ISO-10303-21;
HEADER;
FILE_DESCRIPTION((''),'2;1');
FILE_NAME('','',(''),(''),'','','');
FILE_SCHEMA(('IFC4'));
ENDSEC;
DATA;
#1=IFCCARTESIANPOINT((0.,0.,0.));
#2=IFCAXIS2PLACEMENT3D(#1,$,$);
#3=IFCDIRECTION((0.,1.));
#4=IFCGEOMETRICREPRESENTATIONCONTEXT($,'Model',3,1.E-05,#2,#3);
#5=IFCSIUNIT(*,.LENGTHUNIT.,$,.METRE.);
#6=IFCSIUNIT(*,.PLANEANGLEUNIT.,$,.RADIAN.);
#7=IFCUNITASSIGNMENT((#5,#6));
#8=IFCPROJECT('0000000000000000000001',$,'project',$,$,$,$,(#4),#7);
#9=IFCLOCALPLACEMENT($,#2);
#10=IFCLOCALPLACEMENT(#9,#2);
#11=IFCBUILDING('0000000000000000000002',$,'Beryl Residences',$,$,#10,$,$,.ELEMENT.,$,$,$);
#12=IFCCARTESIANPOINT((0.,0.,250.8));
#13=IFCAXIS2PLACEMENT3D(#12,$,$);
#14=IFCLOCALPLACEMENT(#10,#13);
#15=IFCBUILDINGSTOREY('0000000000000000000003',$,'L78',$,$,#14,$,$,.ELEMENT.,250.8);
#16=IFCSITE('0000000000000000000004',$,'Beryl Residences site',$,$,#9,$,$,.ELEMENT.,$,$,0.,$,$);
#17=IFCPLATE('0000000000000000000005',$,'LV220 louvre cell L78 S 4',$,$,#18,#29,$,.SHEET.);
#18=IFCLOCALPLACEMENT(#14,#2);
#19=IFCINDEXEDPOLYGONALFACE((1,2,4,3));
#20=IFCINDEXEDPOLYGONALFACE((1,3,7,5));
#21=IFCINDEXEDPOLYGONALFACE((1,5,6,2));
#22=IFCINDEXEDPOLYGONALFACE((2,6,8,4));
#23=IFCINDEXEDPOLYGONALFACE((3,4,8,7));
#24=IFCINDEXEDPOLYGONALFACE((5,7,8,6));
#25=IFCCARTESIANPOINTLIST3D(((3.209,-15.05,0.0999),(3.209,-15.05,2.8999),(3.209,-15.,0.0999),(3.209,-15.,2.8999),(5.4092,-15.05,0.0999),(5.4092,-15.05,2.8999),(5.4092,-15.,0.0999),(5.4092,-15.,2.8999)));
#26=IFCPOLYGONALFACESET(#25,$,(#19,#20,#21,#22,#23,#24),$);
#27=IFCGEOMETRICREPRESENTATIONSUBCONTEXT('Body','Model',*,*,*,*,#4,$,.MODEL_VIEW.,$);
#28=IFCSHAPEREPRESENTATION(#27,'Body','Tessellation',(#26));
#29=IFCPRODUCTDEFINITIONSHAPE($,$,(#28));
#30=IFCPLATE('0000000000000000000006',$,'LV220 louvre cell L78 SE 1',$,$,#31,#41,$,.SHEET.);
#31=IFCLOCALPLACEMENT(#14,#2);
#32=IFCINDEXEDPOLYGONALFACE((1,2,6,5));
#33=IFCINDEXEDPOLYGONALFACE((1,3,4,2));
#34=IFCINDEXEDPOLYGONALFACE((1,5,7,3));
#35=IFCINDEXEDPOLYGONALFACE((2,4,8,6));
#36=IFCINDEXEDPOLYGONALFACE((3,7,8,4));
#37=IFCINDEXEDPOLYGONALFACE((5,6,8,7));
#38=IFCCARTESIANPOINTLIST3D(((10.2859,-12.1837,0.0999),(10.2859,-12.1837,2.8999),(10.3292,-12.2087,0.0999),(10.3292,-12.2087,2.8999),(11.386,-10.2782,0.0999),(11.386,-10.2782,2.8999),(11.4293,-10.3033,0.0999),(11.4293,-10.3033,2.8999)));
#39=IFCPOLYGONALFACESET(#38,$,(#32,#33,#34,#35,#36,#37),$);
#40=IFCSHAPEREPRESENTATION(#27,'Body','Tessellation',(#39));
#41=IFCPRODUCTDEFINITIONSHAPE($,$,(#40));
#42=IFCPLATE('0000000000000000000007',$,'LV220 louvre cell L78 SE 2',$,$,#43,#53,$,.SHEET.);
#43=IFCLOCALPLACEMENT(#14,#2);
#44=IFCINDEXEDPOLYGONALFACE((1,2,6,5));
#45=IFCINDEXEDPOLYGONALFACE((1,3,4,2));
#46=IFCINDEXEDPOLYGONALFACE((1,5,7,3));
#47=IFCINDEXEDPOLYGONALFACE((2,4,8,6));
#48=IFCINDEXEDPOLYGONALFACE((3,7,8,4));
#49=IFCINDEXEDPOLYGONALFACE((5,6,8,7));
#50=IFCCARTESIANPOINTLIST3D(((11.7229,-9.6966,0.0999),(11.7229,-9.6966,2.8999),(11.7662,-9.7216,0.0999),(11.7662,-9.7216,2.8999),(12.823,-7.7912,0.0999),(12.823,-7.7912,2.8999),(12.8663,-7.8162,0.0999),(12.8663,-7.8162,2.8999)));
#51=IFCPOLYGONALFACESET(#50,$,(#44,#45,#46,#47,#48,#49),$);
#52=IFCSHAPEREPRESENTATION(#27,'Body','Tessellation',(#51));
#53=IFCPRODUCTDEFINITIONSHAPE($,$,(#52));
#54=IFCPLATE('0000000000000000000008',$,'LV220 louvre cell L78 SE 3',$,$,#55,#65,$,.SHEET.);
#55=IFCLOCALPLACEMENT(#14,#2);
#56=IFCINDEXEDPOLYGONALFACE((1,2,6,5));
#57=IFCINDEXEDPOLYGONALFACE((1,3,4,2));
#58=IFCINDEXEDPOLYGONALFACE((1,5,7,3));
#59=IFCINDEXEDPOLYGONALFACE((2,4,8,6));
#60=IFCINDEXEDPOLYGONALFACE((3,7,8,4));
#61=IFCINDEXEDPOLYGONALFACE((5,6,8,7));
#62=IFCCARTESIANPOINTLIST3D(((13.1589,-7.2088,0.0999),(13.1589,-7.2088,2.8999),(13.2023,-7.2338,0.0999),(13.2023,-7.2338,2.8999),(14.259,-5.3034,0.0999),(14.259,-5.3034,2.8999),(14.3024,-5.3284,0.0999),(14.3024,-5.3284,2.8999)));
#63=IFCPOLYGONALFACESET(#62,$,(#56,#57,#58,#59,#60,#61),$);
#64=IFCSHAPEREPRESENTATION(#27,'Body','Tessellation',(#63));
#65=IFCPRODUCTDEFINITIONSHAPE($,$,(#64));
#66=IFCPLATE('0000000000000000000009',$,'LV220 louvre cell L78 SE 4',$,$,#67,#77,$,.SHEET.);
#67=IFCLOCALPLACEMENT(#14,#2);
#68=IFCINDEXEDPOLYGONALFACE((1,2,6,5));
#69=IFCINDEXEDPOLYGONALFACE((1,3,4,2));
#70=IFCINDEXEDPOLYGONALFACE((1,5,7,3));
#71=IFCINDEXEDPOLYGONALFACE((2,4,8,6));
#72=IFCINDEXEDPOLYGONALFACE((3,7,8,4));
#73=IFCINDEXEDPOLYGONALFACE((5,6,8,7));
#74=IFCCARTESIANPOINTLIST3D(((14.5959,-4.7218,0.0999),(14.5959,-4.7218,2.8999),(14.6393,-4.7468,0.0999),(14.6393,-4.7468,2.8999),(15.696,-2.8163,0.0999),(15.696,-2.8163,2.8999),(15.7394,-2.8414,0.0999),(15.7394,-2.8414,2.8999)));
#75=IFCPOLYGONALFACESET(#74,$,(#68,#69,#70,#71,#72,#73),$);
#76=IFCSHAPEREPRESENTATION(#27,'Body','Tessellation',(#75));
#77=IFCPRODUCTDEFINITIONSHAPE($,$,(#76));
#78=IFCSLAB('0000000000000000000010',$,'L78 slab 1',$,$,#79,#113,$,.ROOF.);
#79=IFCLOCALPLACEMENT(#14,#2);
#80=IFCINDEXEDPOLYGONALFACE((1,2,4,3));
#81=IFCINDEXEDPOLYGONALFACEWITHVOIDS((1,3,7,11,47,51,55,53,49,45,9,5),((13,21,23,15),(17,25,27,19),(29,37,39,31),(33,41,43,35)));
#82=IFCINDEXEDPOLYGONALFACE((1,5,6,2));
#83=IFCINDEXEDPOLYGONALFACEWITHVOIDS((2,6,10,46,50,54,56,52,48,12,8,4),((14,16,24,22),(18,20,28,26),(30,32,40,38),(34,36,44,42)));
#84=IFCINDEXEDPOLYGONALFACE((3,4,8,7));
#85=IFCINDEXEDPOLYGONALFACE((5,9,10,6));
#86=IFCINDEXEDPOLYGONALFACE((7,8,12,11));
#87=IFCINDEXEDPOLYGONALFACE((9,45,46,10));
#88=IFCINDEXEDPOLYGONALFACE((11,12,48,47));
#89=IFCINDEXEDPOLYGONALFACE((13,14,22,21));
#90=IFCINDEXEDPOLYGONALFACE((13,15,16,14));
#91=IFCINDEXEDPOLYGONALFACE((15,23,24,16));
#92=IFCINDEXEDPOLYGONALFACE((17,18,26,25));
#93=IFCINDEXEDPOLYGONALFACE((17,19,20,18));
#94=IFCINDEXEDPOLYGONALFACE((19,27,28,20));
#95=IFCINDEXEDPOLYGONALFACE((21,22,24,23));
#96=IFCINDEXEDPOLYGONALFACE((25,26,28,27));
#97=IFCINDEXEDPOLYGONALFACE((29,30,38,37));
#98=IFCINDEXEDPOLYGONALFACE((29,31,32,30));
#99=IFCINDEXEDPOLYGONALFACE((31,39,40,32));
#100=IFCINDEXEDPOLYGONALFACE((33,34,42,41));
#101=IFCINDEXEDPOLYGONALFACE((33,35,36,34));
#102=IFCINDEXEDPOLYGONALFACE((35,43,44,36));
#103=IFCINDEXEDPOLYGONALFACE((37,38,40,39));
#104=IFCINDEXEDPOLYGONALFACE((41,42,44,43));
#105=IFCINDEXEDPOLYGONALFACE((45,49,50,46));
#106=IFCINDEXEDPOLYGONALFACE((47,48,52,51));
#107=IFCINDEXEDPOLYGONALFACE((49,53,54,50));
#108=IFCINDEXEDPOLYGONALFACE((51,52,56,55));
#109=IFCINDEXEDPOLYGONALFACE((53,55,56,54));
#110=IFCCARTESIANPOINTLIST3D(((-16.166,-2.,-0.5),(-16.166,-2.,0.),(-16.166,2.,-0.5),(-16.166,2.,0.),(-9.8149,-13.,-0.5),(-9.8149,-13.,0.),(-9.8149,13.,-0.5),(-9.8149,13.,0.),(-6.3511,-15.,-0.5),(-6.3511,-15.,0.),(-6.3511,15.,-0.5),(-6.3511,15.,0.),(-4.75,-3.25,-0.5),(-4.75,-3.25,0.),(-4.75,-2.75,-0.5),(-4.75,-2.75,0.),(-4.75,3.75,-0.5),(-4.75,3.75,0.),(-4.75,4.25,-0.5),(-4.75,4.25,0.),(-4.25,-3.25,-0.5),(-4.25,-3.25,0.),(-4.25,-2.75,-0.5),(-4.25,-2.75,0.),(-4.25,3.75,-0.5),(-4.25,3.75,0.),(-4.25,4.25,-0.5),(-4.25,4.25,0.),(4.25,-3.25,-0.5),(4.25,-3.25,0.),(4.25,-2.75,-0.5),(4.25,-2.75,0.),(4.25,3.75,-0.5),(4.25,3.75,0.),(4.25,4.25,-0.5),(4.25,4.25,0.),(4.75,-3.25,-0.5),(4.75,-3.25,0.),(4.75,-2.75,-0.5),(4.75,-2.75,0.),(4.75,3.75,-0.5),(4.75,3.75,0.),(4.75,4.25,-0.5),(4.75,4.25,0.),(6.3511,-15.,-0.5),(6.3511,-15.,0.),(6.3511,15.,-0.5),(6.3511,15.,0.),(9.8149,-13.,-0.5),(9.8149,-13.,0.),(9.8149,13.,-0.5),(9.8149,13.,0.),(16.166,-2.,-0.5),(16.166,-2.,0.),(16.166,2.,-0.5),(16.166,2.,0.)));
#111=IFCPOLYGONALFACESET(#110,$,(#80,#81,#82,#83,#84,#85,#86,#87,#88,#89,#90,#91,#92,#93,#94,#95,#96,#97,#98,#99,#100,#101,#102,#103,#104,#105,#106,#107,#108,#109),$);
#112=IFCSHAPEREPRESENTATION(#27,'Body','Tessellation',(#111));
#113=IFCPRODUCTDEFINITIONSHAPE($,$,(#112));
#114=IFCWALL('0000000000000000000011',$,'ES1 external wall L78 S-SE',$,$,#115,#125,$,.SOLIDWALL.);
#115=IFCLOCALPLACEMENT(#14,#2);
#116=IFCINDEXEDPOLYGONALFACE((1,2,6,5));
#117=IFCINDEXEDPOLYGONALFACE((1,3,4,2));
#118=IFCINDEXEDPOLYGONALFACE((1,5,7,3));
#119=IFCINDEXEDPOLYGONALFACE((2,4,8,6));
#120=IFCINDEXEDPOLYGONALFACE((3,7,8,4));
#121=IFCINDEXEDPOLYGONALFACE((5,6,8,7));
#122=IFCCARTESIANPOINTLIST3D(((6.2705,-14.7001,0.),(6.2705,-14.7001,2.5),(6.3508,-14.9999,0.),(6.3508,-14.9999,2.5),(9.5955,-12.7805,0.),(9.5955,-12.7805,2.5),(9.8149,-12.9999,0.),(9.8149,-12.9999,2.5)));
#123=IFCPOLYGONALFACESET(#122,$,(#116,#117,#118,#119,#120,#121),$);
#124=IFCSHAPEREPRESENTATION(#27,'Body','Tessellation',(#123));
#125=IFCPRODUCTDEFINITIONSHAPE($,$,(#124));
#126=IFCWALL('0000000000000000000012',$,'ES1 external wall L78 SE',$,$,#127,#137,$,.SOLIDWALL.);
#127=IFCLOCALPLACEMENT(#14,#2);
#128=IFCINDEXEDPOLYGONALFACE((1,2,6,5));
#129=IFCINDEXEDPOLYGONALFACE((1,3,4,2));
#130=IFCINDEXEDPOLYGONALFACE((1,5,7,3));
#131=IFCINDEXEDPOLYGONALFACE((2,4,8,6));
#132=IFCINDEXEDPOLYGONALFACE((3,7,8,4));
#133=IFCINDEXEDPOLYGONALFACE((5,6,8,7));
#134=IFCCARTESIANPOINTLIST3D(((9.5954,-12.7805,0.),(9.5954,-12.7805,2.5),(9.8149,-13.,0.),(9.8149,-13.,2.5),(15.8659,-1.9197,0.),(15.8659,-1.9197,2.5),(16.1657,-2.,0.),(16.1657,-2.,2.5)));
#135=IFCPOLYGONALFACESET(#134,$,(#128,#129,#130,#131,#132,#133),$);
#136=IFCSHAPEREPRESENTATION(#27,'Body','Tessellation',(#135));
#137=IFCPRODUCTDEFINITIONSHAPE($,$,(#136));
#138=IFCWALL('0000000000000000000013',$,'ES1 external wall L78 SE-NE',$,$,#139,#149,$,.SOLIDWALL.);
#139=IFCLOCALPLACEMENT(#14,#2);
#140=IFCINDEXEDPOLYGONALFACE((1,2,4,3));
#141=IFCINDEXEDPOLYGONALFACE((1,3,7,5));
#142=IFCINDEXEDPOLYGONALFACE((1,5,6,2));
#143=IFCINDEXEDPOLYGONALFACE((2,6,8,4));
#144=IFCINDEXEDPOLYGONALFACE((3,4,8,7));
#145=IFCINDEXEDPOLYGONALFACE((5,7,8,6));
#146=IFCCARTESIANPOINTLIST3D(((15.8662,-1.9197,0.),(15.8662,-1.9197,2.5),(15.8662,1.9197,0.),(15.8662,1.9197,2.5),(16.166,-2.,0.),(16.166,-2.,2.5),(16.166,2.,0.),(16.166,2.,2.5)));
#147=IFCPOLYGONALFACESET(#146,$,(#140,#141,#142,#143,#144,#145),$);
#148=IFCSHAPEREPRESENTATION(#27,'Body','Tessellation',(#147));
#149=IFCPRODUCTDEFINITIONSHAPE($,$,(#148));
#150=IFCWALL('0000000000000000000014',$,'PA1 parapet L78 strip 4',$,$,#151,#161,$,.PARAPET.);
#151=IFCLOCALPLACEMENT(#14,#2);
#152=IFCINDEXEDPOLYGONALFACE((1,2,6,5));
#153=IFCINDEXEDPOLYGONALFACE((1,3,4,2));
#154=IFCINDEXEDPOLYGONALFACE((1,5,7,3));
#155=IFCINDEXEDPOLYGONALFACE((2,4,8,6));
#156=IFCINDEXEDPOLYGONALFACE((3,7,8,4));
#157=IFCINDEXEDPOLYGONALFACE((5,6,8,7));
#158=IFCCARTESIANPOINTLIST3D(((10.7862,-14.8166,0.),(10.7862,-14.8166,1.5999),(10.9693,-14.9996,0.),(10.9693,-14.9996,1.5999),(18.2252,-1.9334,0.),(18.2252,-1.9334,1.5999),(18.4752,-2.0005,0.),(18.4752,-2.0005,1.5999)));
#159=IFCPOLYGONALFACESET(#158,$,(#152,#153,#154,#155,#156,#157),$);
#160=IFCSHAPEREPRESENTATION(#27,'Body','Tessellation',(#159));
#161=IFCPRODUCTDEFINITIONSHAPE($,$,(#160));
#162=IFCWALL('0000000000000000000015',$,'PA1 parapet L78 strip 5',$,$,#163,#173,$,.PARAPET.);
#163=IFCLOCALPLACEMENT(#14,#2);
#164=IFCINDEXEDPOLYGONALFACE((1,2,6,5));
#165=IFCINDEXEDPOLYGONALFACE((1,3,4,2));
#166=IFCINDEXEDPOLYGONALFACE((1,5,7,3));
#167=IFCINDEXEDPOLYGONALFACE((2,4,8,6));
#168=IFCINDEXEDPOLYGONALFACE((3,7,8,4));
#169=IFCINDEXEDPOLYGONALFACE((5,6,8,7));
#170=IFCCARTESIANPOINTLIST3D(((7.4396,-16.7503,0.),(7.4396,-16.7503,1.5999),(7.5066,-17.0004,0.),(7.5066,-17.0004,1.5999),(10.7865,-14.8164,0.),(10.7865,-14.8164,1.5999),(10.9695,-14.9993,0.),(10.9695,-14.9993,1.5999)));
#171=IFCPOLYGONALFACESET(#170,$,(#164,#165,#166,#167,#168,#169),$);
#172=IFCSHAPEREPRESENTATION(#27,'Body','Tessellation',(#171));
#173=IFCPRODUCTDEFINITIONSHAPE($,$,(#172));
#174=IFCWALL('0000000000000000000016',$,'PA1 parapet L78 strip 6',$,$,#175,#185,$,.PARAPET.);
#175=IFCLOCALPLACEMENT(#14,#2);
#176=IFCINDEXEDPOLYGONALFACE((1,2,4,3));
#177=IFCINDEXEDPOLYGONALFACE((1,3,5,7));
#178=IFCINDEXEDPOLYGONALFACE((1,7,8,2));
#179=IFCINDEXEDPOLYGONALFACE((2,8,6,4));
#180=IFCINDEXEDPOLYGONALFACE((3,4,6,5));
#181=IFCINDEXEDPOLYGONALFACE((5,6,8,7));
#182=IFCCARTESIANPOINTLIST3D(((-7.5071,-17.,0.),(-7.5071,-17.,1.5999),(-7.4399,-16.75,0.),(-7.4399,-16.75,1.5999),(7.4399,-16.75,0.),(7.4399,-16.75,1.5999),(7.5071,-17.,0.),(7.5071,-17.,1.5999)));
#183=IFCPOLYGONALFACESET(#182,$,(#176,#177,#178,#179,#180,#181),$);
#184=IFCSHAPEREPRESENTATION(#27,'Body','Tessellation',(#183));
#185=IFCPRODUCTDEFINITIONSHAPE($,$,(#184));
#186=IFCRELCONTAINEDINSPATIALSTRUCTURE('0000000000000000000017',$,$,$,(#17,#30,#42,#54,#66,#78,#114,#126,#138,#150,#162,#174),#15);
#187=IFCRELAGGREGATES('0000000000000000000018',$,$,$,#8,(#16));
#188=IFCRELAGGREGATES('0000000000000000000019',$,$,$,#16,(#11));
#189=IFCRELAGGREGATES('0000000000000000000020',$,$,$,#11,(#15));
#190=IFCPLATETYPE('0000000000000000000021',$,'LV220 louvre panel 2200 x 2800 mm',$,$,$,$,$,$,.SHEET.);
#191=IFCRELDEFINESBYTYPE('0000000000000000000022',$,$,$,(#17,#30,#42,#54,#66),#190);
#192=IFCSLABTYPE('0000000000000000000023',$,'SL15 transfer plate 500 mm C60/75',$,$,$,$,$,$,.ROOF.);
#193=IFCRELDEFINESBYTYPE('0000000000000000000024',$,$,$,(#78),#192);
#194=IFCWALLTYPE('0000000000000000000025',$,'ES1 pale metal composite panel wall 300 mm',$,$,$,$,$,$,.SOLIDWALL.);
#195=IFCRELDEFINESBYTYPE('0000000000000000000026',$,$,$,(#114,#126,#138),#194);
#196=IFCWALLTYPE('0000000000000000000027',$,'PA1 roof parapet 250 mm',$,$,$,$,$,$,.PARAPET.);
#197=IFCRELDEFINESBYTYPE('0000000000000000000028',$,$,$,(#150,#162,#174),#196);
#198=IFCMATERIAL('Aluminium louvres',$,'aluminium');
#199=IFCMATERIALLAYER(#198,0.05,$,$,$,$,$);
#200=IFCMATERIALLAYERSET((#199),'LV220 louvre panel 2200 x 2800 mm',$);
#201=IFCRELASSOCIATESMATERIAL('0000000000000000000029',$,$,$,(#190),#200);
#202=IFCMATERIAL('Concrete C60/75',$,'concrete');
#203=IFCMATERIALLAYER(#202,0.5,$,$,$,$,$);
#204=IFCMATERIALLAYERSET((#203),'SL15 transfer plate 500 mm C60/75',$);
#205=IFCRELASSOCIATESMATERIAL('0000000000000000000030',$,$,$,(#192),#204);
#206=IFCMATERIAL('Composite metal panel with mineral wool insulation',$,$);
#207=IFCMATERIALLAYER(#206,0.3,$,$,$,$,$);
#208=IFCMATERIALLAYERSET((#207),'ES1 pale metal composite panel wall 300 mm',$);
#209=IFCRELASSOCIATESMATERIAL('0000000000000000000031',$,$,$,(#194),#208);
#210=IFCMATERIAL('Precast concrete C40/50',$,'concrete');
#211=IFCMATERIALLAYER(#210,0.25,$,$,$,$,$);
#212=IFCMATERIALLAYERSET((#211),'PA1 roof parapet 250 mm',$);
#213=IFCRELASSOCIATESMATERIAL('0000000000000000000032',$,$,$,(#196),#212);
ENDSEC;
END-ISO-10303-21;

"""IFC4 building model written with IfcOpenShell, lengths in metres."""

from ifc_helpers import new_model, si_unit, direction, frame, origin, place, context, subcontext, project, spatial, polyline, outline, extrude, source, transform, mapped, material, layer, layer_set, type_object, type_shapes, element, save


model = new_model("IFC4")

# Units and contexts
model_context = context("Model", 3, precision=1e-05, world=origin(), true_north=direction((0.0, 1.0)))
body_context = subcontext(model_context, "Body", "Model", "MODEL_VIEW")
ifc_project = project(units=[si_unit("LENGTHUNIT", "METRE"), si_unit("PLANEANGLEUNIT", "RADIAN")], contexts=[model_context])

# Site, building, storey
site_placement = place(None, origin())
site = spatial("IfcSite", under=ifc_project, at=site_placement, Name="Beryl Residences site", CompositionType="ELEMENT", RefElevation=0.0)
building_placement = place(site_placement, origin())
building = spatial("IfcBuilding", under=site, at=building_placement, Name="Beryl Residences", CompositionType="ELEMENT")
storey_placement = place(building_placement, frame((0.0, 0.0, 250.8)))
storey = spatial("IfcBuildingStorey", under=building, at=storey_placement, Name="L78", CompositionType="ELEMENT", Elevation=250.8)

# Plates
ifc_material_1 = material(Name="Aluminium louvres", Category="aluminium")
ifc_layer_1 = layer(ifc_material_1, 0.05)
ifc_layer_set_1 = layer_set([ifc_layer_1], Name="LV220 louvre panel 2200 x 2800 mm")
plate_type_1 = type_object("IfcPlateType", Name="LV220 louvre panel 2200 x 2800 mm", PredefinedType="SHEET", material=ifc_layer_set_1)
shared_shape_1 = source(origin(), body_context, "Body", "SweptSolid", [
    extrude(outline(polyline([(-1.1001, 0.0), (1.1001, 0.0), (1.1001, 0.05), (-1.1001, 0.05), (-1.1001, 0.0)])), origin(), (0.0, 0.0, 1.0), 2.8),
])
type_shapes(plate_type_1, [shared_shape_1])
for number, where, z_axis, x_axis, name in (
    (1, (4.3091, -15.0, 0.0999), (0.0, 0.0, 1.0), (-1.0, 0.0, 0.0), "LV220 louvre cell L78 S 4"),
    (2, (10.8359, -11.231, 0.0999), (0.0, 0.0, 1.0), (-0.5, -0.866025, 0.0), "LV220 louvre cell L78 SE 1"),
    (3, (12.2729, -8.7439, 0.0999), (0.0, 0.0, 1.0), (-0.5, -0.866025, 0.0), "LV220 louvre cell L78 SE 2"),
    (4, (13.709, -6.2561, 0.0999), (0.0, 0.0, 1.0), (-0.5, -0.866025, 0.0), "LV220 louvre cell L78 SE 3"),
    (5, (15.146, -3.769, 0.0999), (0.0, 0.0, 1.0), (-0.5, -0.866025, 0.0), "LV220 louvre cell L78 SE 4"),
):
    element("IfcPlate", number, at=place(storey_placement, frame(where, z_axis=z_axis, x_axis=x_axis)), inside=storey, type_object=plate_type_1, Name=name, PredefinedType="SHEET", context=body_context, shape_type="MappedRepresentation", body=[
        mapped(shared_shape_1, transform((0.0, 0.0, 0.0))),
    ])

# Slab
ifc_material_2 = material(Name="Concrete C60/75", Category="concrete")
ifc_layer_2 = layer(ifc_material_2, 0.5)
ifc_layer_set_2 = layer_set([ifc_layer_2], Name="SL15 transfer plate 500 mm C60/75")
slab_type = type_object("IfcSlabType", Name="SL15 transfer plate 500 mm C60/75", PredefinedType="ROOF", material=ifc_layer_set_2)
slab_placement = place(storey_placement, frame((0.0, 0.0, -0.5)))
element("IfcSlab", 6, at=slab_placement, inside=storey, type_object=slab_type, Name="L78 slab 1", PredefinedType="ROOF", context=body_context, shape_type="SweptSolid", body=[
    extrude(outline(polyline([(16.166, 2.0), (16.166, -2.0), (9.8149, -13.0), (6.3511, -15.0), (-6.3511, -15.0), (-9.8149, -13.0), (-16.166, -2.0), (-16.166, 2.0), (-9.8149, 13.0), (-6.3511, 15.0), (6.3511, 15.0), (9.8149, 13.0), (16.166, 2.0)]), holes=[polyline([(4.75, -2.75), (4.25, -2.75), (4.25, -3.25), (4.75, -3.25), (4.75, -2.75)]), polyline([(4.75, 4.25), (4.25, 4.25), (4.25, 3.75), (4.75, 3.75), (4.75, 4.25)]), polyline([(-4.25, -2.75), (-4.75, -2.75), (-4.75, -3.25), (-4.25, -3.25), (-4.25, -2.75)]), polyline([(-4.25, 4.25), (-4.75, 4.25), (-4.75, 3.75), (-4.25, 3.75), (-4.25, 4.25)])]), origin(), (0.0, 0.0, 1.0), 0.5),
])

# Walls
ifc_material_3 = material(Name="Composite metal panel with mineral wool insulation")
ifc_layer_3 = layer(ifc_material_3, 0.3)
ifc_layer_set_3 = layer_set([ifc_layer_3], Name="ES1 pale metal composite panel wall 300 mm")
wall_type_1 = type_object("IfcWallType", Name="ES1 pale metal composite panel wall 300 mm", PredefinedType="SOLIDWALL", material=ifc_layer_set_3)
wall_1_placement = place(storey_placement, frame((6.2759, -14.8701, 0.0), z_axis=(0.0, 0.0, 1.0), x_axis=(0.866026, 0.499999, 0.0)))
element("IfcWall", 7, at=wall_1_placement, inside=storey, type_object=wall_type_1, Name="ES1 external wall L78 S-SE", PredefinedType="SOLIDWALL", context=body_context, shape_type="SweptSolid", body=[
    extrude(outline(polyline([(0.0, -0.1499), (4.0, -0.1499), (3.9197, 0.1499), (0.0803, 0.1499), (0.0, -0.1499)])), origin(), (0.0, 0.0, 1.0), 2.5),
])
wall_2_placement = place(storey_placement, frame((9.6851, -12.925, 0.0), z_axis=(0.0, 0.0, 1.0), x_axis=(0.499999, 0.866026, 0.0)))
element("IfcWall", 8, at=wall_2_placement, inside=storey, type_object=wall_type_1, Name="ES1 external wall L78 SE", PredefinedType="SOLIDWALL", context=body_context, shape_type="SweptSolid", body=[
    extrude(outline(polyline([(0.0, -0.1499), (12.7017, -0.1499), (12.6213, 0.1499), (0.0803, 0.1499), (0.0, -0.1499)])), origin(), (0.0, 0.0, 1.0), 2.5),
])
wall_3_placement = place(storey_placement, frame((16.0161, -2.0, 0.0), z_axis=(0.0, 0.0, 1.0), x_axis=(0.0, 1.0, 0.0)))
element("IfcWall", 9, at=wall_3_placement, inside=storey, type_object=wall_type_1, Name="ES1 external wall L78 SE-NE", PredefinedType="SOLIDWALL", context=body_context, shape_type="SweptSolid", body=[
    extrude(outline(polyline([(0.0, -0.1499), (4.0, -0.1499), (3.9197, 0.1499), (0.0803, 0.1499), (0.0, -0.1499)])), origin(), (0.0, 0.0, 1.0), 2.5),
])
ifc_material_4 = material(Name="Precast concrete C40/50", Category="concrete")
ifc_layer_4 = layer(ifc_material_4, 0.25)
ifc_layer_set_4 = layer_set([ifc_layer_4], Name="PA1 roof parapet 250 mm")
wall_type_2 = type_object("IfcWallType", Name="PA1 roof parapet 250 mm", PredefinedType="PARAPET", material=ifc_layer_set_4)
wall_4_placement = place(storey_placement, frame((18.3669, -1.938, 0.0), z_axis=(0.0, 0.0, 1.0), x_axis=(-0.500043, -0.866, 0.0)))
element("IfcWall", 10, at=wall_4_placement, inside=storey, type_object=wall_type_2, Name="PA1 parapet L78 strip 4", PredefinedType="PARAPET", context=body_context, shape_type="SweptSolid", body=[
    extrude(outline(polyline([(0.0669, -0.125), (14.9436, -0.125), (15.0105, 0.125), (0.0, 0.125), (0.0669, -0.125)])), origin(), (0.0, 0.0, 1.0), 1.5999),
])
wall_5_placement = place(storey_placement, frame((10.907, -14.8911, 0.0), z_axis=(0.0, 0.0, 1.0), x_axis=(-0.865844, -0.500314, 0.0)))
element("IfcWall", 11, at=wall_5_placement, inside=storey, type_object=wall_type_2, Name="PA1 parapet L78 strip 5", PredefinedType="PARAPET", context=body_context, shape_type="SweptSolid", body=[
    extrude(outline(polyline([(0.0669, -0.125), (3.9324, -0.125), (3.9995, 0.125), (0.0, 0.125), (0.0669, -0.125)])), origin(), (0.0, 0.0, 1.0), 1.5999),
])
wall_6_placement = place(storey_placement, frame((7.5071, -16.875, 0.0), z_axis=(0.0, 0.0, 1.0), x_axis=(-1.0, 0.0, 0.0)))
element("IfcWall", 12, at=wall_6_placement, inside=storey, type_object=wall_type_2, Name="PA1 parapet L78 strip 6", PredefinedType="PARAPET", context=body_context, shape_type="SweptSolid", body=[
    extrude(outline(polyline([(0.0671, -0.125), (14.947, -0.125), (15.0142, 0.125), (0.0, 0.125), (0.0671, -0.125)])), origin(), (0.0, 0.0, 1.0), 1.5999),
])

save(model, "model.ifc")
